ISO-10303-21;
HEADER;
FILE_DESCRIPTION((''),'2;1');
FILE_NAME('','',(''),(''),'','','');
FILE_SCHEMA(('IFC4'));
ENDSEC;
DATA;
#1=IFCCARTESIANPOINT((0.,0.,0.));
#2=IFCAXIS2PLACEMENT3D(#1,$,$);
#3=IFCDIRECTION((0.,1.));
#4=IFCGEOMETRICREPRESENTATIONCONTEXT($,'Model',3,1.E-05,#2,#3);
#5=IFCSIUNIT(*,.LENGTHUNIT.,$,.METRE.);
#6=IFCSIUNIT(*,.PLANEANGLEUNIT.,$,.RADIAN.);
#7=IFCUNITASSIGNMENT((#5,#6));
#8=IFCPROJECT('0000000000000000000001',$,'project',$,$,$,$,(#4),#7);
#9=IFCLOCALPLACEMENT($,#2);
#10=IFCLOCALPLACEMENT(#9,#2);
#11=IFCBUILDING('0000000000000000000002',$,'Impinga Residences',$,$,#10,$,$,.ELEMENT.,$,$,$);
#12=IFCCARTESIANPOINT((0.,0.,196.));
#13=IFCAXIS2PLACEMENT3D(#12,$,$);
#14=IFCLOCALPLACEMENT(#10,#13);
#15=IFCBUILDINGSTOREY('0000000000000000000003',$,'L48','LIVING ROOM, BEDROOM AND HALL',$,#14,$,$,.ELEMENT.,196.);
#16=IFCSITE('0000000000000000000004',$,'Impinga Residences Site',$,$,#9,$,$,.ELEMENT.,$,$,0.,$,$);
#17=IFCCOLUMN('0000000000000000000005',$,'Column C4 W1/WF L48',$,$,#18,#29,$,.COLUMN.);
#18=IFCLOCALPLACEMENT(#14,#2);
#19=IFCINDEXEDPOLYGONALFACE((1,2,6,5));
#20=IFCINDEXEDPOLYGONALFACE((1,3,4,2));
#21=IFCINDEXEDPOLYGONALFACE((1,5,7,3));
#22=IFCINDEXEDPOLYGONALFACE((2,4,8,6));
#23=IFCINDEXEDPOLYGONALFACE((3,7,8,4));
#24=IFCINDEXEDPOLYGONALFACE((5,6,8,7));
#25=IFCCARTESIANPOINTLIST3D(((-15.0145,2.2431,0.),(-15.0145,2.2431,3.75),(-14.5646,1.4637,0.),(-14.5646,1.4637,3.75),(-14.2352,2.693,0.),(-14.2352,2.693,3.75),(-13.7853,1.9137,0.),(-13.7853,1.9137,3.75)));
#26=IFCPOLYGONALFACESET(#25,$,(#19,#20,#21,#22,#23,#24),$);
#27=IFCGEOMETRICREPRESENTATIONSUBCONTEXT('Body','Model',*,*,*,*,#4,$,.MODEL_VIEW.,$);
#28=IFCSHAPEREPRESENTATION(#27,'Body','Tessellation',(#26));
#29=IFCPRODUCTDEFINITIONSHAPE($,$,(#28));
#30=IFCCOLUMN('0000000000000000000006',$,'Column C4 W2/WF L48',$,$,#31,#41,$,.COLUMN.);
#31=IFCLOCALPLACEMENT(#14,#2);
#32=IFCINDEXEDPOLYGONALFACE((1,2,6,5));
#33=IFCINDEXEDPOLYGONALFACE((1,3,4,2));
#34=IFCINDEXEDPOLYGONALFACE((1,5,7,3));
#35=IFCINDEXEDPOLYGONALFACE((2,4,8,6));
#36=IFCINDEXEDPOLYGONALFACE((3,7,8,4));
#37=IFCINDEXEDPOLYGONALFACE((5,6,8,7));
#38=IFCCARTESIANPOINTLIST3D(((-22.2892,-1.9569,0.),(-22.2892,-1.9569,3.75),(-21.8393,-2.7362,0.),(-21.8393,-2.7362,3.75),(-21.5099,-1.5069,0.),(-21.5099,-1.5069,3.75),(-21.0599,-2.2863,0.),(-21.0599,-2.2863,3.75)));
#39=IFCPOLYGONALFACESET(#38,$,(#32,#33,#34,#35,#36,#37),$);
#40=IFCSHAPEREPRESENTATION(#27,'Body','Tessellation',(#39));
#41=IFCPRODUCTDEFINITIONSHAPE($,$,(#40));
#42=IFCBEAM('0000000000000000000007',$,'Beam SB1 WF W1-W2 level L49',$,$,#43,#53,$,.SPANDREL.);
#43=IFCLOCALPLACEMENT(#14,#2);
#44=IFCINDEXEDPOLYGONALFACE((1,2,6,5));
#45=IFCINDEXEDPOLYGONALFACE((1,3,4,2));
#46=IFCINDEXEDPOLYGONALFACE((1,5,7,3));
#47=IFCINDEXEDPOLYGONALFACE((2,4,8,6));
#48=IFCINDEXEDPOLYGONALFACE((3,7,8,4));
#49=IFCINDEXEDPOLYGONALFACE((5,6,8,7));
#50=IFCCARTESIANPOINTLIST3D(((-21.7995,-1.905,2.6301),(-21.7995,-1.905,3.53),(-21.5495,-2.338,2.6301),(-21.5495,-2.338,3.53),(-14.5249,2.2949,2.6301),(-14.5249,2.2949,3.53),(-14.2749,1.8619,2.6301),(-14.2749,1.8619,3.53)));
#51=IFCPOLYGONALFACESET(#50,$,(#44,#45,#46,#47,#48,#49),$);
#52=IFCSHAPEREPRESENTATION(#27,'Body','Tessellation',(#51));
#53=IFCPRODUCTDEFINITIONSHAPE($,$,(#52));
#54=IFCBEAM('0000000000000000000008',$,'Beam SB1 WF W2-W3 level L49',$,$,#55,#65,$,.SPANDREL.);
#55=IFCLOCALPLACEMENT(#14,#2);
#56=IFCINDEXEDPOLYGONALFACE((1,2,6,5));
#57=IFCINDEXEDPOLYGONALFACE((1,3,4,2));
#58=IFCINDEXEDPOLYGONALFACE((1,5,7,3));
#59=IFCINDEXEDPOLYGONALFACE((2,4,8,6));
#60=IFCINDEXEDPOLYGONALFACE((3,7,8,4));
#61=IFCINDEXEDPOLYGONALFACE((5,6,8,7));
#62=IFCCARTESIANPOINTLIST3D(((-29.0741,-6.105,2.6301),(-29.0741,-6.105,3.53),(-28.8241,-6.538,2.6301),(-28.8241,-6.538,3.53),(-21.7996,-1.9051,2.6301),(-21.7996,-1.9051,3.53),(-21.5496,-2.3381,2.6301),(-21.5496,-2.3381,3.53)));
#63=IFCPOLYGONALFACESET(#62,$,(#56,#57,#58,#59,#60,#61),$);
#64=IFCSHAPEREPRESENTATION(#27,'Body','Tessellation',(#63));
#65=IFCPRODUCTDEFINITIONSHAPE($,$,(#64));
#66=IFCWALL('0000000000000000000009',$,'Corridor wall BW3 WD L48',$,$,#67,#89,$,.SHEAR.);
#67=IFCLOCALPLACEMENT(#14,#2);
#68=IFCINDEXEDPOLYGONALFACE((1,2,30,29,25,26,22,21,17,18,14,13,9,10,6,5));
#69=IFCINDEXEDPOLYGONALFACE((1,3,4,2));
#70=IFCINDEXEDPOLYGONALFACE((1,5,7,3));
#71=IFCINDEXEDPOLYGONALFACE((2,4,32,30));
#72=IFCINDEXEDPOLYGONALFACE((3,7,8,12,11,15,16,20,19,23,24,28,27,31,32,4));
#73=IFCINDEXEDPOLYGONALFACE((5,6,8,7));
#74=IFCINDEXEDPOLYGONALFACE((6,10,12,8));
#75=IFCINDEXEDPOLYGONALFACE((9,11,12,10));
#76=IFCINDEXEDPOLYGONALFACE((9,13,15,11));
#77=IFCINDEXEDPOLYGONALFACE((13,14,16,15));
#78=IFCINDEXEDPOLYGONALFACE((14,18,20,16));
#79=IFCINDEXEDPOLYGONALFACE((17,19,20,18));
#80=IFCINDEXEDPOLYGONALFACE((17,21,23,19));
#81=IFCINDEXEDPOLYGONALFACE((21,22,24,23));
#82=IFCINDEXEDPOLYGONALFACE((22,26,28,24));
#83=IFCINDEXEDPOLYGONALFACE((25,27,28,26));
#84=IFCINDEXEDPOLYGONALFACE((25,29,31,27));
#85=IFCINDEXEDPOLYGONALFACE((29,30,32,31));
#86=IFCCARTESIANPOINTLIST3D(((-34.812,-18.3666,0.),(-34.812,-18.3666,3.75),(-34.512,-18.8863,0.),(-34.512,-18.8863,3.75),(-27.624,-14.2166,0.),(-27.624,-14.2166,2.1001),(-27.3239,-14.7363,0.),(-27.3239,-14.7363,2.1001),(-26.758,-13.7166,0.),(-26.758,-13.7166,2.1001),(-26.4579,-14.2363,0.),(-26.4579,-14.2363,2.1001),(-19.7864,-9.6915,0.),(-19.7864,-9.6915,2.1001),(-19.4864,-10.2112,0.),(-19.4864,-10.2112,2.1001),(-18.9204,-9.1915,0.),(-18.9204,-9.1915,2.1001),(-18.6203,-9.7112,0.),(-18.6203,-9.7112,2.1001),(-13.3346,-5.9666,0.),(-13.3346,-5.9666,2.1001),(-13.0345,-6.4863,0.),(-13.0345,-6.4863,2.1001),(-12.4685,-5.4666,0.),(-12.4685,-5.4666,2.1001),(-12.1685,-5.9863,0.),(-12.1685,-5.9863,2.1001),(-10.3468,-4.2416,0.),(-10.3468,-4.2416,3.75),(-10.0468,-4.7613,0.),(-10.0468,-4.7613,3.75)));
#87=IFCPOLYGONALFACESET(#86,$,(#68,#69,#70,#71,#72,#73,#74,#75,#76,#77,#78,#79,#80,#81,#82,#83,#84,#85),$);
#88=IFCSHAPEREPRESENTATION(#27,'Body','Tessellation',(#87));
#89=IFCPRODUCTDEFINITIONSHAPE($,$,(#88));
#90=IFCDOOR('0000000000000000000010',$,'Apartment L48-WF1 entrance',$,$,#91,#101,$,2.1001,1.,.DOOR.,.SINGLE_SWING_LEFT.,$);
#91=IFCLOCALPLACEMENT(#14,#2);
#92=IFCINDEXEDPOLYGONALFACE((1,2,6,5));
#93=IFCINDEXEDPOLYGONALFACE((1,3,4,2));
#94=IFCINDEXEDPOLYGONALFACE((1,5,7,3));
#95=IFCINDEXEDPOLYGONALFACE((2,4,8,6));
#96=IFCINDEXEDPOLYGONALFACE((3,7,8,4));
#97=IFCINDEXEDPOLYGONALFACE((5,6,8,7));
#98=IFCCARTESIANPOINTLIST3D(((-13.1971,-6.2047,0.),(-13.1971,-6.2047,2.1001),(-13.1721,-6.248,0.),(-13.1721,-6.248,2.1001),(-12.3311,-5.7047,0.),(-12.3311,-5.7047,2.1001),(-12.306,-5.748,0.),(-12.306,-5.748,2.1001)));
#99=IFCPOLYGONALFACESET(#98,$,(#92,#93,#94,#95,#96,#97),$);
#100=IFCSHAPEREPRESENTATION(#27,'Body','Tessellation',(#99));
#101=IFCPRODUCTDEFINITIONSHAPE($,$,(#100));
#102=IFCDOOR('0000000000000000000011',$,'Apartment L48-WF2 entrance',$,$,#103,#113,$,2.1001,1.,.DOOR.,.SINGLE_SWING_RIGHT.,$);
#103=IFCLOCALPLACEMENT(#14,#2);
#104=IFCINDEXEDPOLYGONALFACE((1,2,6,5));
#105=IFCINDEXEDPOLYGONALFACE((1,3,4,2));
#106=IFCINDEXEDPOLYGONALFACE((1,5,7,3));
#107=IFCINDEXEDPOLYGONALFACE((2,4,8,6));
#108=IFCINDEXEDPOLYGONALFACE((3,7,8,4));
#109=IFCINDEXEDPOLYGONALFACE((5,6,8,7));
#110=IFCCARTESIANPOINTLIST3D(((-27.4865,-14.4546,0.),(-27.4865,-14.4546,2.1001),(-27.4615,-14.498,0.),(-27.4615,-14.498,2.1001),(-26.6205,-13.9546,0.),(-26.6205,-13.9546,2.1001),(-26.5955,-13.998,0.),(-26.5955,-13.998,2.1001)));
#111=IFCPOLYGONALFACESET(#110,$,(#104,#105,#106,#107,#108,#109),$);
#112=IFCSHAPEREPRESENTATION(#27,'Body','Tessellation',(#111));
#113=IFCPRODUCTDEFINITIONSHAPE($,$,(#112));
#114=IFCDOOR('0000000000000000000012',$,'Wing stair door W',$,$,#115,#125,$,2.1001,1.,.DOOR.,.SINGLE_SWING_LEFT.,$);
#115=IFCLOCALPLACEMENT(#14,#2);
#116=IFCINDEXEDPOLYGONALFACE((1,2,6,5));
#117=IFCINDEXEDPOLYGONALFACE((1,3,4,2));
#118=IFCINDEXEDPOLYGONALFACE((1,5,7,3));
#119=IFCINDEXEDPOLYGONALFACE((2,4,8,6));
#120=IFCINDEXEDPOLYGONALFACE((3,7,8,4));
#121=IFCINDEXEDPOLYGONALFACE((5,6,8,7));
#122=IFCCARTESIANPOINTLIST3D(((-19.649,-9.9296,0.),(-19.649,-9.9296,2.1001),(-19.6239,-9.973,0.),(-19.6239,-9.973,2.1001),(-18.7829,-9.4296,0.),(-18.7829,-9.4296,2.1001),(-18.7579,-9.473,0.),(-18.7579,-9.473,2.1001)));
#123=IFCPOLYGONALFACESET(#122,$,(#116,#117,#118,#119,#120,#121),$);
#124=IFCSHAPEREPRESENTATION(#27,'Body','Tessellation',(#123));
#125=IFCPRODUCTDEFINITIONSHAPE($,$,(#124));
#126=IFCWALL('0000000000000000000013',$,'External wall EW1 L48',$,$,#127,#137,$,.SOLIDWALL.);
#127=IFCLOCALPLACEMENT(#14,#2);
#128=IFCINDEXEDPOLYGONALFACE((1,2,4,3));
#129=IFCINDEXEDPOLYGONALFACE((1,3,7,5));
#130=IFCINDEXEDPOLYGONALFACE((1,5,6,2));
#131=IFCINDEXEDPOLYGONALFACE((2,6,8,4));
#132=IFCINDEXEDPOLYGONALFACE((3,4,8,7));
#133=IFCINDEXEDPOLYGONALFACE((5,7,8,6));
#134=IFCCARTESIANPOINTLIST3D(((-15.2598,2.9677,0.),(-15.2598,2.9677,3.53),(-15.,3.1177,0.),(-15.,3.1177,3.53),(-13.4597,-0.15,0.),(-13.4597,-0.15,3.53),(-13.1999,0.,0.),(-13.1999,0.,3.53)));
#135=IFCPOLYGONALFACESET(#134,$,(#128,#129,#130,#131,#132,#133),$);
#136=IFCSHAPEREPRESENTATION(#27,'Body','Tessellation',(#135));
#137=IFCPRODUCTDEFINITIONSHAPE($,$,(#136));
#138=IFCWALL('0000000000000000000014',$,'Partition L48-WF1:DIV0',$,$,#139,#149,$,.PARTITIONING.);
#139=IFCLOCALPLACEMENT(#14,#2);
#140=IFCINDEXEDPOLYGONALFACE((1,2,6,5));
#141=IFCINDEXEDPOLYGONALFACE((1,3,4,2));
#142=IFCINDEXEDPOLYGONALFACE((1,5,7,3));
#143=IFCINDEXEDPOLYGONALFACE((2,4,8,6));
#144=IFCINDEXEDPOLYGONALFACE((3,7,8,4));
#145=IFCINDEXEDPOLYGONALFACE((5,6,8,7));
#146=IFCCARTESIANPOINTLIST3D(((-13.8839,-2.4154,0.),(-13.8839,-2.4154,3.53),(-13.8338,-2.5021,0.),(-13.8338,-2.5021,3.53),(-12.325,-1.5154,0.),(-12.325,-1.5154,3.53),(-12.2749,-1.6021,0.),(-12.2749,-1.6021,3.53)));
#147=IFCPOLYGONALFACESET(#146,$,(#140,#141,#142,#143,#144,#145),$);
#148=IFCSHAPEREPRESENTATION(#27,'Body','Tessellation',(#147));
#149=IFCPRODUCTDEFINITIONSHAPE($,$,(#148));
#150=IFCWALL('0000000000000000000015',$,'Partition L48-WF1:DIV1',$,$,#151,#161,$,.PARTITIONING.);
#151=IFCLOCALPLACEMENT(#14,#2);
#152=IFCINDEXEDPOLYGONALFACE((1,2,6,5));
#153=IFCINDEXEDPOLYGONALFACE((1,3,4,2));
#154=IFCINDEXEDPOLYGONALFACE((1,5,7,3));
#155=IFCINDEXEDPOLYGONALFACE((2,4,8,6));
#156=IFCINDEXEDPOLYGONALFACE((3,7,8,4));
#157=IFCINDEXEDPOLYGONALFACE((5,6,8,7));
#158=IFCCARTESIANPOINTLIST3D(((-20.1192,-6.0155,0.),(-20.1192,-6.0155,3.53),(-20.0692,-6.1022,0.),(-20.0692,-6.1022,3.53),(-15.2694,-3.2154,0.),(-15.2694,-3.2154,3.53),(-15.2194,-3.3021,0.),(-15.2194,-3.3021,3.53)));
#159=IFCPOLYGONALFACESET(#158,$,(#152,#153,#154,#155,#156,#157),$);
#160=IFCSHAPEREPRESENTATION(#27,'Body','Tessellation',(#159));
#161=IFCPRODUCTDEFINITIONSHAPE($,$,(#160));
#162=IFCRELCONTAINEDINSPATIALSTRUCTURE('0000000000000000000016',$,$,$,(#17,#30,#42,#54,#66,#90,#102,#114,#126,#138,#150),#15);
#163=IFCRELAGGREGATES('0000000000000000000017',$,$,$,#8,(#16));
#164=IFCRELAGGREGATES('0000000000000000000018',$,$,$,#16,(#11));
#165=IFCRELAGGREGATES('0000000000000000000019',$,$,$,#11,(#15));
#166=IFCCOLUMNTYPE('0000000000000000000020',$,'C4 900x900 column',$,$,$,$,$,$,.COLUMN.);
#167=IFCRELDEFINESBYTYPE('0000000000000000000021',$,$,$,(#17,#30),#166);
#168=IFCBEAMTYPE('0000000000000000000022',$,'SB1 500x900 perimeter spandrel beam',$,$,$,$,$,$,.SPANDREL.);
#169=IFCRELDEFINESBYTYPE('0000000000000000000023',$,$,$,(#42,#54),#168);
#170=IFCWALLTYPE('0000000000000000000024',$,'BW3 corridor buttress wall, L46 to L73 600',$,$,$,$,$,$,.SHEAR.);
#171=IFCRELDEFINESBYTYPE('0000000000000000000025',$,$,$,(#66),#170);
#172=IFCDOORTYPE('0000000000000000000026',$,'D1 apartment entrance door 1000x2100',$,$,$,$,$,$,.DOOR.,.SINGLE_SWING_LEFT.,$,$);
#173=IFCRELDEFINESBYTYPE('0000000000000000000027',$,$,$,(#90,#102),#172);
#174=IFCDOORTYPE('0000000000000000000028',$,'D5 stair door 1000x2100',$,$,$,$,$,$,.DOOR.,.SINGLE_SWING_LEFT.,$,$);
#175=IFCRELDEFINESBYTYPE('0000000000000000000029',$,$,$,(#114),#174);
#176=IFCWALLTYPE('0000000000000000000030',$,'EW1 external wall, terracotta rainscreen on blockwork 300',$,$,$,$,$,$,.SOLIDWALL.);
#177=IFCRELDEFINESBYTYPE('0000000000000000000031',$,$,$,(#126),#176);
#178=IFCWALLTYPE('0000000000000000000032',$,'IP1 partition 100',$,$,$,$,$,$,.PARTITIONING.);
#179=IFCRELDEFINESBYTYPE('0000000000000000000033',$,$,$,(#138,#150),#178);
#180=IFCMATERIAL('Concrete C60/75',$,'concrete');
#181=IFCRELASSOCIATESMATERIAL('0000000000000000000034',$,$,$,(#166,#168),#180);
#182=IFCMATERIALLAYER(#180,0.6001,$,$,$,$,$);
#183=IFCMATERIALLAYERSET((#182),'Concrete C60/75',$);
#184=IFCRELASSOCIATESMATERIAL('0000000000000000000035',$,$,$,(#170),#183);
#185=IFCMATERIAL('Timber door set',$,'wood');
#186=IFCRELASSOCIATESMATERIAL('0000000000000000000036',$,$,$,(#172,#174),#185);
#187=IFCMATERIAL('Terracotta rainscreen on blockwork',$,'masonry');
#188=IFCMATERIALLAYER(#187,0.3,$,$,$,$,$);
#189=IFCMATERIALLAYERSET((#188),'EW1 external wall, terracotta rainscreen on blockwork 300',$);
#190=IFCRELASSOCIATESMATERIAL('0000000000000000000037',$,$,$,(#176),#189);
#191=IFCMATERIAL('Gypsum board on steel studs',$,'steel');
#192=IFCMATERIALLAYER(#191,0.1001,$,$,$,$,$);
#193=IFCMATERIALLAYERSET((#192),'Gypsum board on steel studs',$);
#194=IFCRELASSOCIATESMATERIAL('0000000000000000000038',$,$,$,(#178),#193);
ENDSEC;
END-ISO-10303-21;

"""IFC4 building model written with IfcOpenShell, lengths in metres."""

from ifc_helpers import new_model, si_unit, direction, frame, frame_2d, origin, origin_2d, place, context, subcontext, project, spatial, rectangle, extrude, material, layer, layer_set, material_profile, profile_set, type_object, element, fill, save


model = new_model("IFC4")

# Units and contexts
model_context = context("Model", 3, precision=1e-05, world=origin(), true_north=direction((0.0, 1.0)))
body_context = subcontext(model_context, "Body", "Model", "MODEL_VIEW")
ifc_project = project(units=[si_unit("LENGTHUNIT", "METRE"), si_unit("PLANEANGLEUNIT", "RADIAN")], contexts=[model_context])

# Site, building, storey
site_placement = place(None, origin())
site = spatial("IfcSite", under=ifc_project, at=site_placement, Name="Impinga Residences Site", CompositionType="ELEMENT", RefElevation=0.0)
building_placement = place(site_placement, origin())
building = spatial("IfcBuilding", under=site, at=building_placement, Name="Impinga Residences", CompositionType="ELEMENT")
storey_placement = place(building_placement, frame((0.0, 0.0, 196.0)))
storey = spatial("IfcBuildingStorey", under=building, at=storey_placement, Name="L48", Description="LIVING ROOM, BEDROOM AND HALL", CompositionType="ELEMENT", Elevation=196.0)

# Columns
ifc_material_1 = material(Name="Concrete C60/75", Category="concrete")
ifc_material_profile_1 = material_profile(ifc_material_1, rectangle(XDim=0.8999, YDim=0.8999, at=origin_2d()), Name="RC 900x900")
ifc_profile_set_1 = profile_set([ifc_material_profile_1], Name="Concrete C60/75")
column_type = type_object("IfcColumnType", Name="C4 900x900 column", PredefinedType="COLUMN", material=ifc_profile_set_1)
for number, where, z_axis, x_axis, name in (
    (1, (-14.3999, 2.0784, 0.0), (0.0, 0.0, 1.0), (-0.5, 0.866025, 0.0), "Column C4 W1/WF L48"),
    (2, (-21.6746, -2.1216, 0.0), (0.0, 0.0, 1.0), (-0.5, 0.866025, 0.0), "Column C4 W2/WF L48"),
):
    element("IfcColumn", number, at=place(storey_placement, frame(where, z_axis=z_axis, x_axis=x_axis)), inside=storey, type_object=column_type, Name=name, PredefinedType="COLUMN", context=body_context, shape_type="SweptSolid", body=[
        extrude(rectangle(XDim=0.8999, YDim=0.8999, at=origin_2d()), origin(), (0.0, 0.0, 1.0), 3.75),
    ])

# Beams
ifc_material_profile_2 = material_profile(ifc_material_1, rectangle(XDim=0.5, YDim=0.8999, at=origin_2d()), Name="RC 500x900")
ifc_profile_set_2 = profile_set([ifc_material_profile_2], Name="Concrete C60/75")
beam_type = type_object("IfcBeamType", Name="SB1 500x900 perimeter spandrel beam", PredefinedType="SPANDREL", material=ifc_profile_set_2)
for number, where, z_axis, x_axis, name in (
    (3, (-14.3999, 2.0784, 3.0801), (-0.866029, -0.499993, 0.0), (0.499993, -0.866029, 0.0), "Beam SB1 WF W1-W2 level L49"),
    (4, (-21.6746, -2.1216, 3.0801), (-0.866029, -0.499993, 0.0), (0.499993, -0.866029, 0.0), "Beam SB1 WF W2-W3 level L49"),
):
    element("IfcBeam", number, at=place(storey_placement, frame(where, z_axis=z_axis, x_axis=x_axis)), inside=storey, type_object=beam_type, Name=name, PredefinedType="SPANDREL", context=body_context, shape_type="SweptSolid", body=[
        extrude(rectangle(XDim=0.5, YDim=0.8999, at=origin_2d()), origin(), (0.0, 0.0, 1.0), 8.3999),
    ])

# Wall, openings, doors
ifc_layer_1 = layer(ifc_material_1, 0.6001)
ifc_layer_set_1 = layer_set([ifc_layer_1], Name="Concrete C60/75")
wall_type_1 = type_object("IfcWallType", Name="BW3 corridor buttress wall, L46 to L73 600", PredefinedType="SHEAR", material=ifc_layer_set_1)
wall_1_placement = place(storey_placement, frame((-10.1968, -4.5015, 0.0), z_axis=(0.0, 0.0, 1.0), x_axis=(-0.866026, -0.499998, 0.0)))
wall_1 = element("IfcWall", 5, at=wall_1_placement, inside=storey, type_object=wall_type_1, Name="Corridor wall BW3 WD L48", PredefinedType="SHEAR", context=body_context, shape_type="SweptSolid", body=[
    extrude(rectangle(XDim=28.25, YDim=0.6001, at=frame_2d((14.125, 0.0))), origin(), (0.0, 0.0, 1.0), 3.75),
])
opening_1_placement = place(wall_1_placement, frame((9.8999, 0.0, 0.0)))
opening_1 = element("IfcOpeningElement", 6, at=opening_1_placement, cuts=wall_1, PredefinedType="OPENING", context=body_context, shape_type="SweptSolid", body=[
    extrude(rectangle(XDim=1.0, YDim=2.1001, at=frame_2d((0.5, 1.05))), frame((0.0, 0.3101, 0.0), z_axis=(0.0, -1.0, 0.0), x_axis=(1.0, 0.0, 0.0)), (0.0, 0.0, 1.0), 0.6201),
])
opening_2_placement = place(wall_1_placement, frame((2.45, 0.0, 0.0)))
opening_2 = element("IfcOpeningElement", 7, at=opening_2_placement, cuts=wall_1, PredefinedType="OPENING", context=body_context, shape_type="SweptSolid", body=[
    extrude(rectangle(XDim=1.0, YDim=2.1001, at=frame_2d((0.5, 1.05))), frame((0.0, 0.3101, 0.0), z_axis=(0.0, -1.0, 0.0), x_axis=(1.0, 0.0, 0.0)), (0.0, 0.0, 1.0), 0.6201),
])
opening_3_placement = place(wall_1_placement, frame((18.95, 0.0, 0.0)))
opening_3 = element("IfcOpeningElement", 8, at=opening_3_placement, cuts=wall_1, PredefinedType="OPENING", context=body_context, shape_type="SweptSolid", body=[
    extrude(rectangle(XDim=1.0, YDim=2.1001, at=frame_2d((0.5, 1.05))), frame((0.0, 0.3101, 0.0), z_axis=(0.0, -1.0, 0.0), x_axis=(1.0, 0.0, 0.0)), (0.0, 0.0, 1.0), 0.6201),
])
ifc_material_2 = material(Name="Timber door set", Category="wood")
door_type_1 = type_object("IfcDoorType", Name="D1 apartment entrance door 1000x2100", OperationType="SINGLE_SWING_LEFT", PredefinedType="DOOR", material=ifc_material_2)
door_1_placement = place(opening_2_placement, origin())
door_1 = element("IfcDoor", 9, at=door_1_placement, inside=storey, type_object=door_type_1, Name="Apartment L48-WF1 entrance", OperationType="SINGLE_SWING_LEFT", OverallHeight=2.1001, OverallWidth=1.0, PredefinedType="DOOR", context=body_context, shape_type="SweptSolid", body=[
    extrude(rectangle(XDim=1.0, YDim=2.1001, at=frame_2d((0.5, 1.05))), frame((0.0, 0.0249, 0.0), z_axis=(0.0, -1.0, 0.0), x_axis=(1.0, 0.0, 0.0)), (0.0, 0.0, 1.0), 0.05),
])
fill(opening_2, door_1)
door_2_placement = place(opening_3_placement, origin())
door_2 = element("IfcDoor", 10, at=door_2_placement, inside=storey, type_object=door_type_1, Name="Apartment L48-WF2 entrance", OperationType="SINGLE_SWING_RIGHT", OverallHeight=2.1001, OverallWidth=1.0, PredefinedType="DOOR", context=body_context, shape_type="SweptSolid", body=[
    extrude(rectangle(XDim=1.0, YDim=2.1001, at=frame_2d((0.5, 1.05))), frame((0.0, 0.0249, 0.0), z_axis=(0.0, -1.0, 0.0), x_axis=(1.0, 0.0, 0.0)), (0.0, 0.0, 1.0), 0.05),
])
fill(opening_3, door_2)
door_type_2 = type_object("IfcDoorType", Name="D5 stair door 1000x2100", OperationType="SINGLE_SWING_LEFT", PredefinedType="DOOR", material=ifc_material_2)
door_3_placement = place(opening_1_placement, origin())
door_3 = element("IfcDoor", 11, at=door_3_placement, inside=storey, type_object=door_type_2, Name="Wing stair door W", OperationType="SINGLE_SWING_LEFT", OverallHeight=2.1001, OverallWidth=1.0, PredefinedType="DOOR", context=body_context, shape_type="SweptSolid", body=[
    extrude(rectangle(XDim=1.0, YDim=2.1001, at=frame_2d((0.5, 1.05))), frame((0.0, 0.0249, 0.0), z_axis=(0.0, -1.0, 0.0), x_axis=(1.0, 0.0, 0.0)), (0.0, 0.0, 1.0), 0.05),
])
fill(opening_1, door_3)

# Walls
ifc_material_3 = material(Name="Terracotta rainscreen on blockwork", Category="masonry")
ifc_layer_2 = layer(ifc_material_3, 0.3)
ifc_layer_set_2 = layer_set([ifc_layer_2], Name="EW1 external wall, terracotta rainscreen on blockwork 300")
wall_type_2 = type_object("IfcWallType", Name="EW1 external wall, terracotta rainscreen on blockwork 300", PredefinedType="SOLIDWALL", material=ifc_layer_set_2)
wall_2_placement = place(storey_placement, frame((-15.1299, 3.0427, 0.0), z_axis=(0.0, 0.0, 1.0), x_axis=(0.500012, -0.866018, 0.0)))
element("IfcWall", 12, at=wall_2_placement, inside=storey, type_object=wall_type_2, Name="External wall EW1 L48", PredefinedType="SOLIDWALL", context=body_context, shape_type="SweptSolid", body=[
    extrude(rectangle(XDim=3.6001, YDim=0.3, at=frame_2d((1.8, 0.0))), origin(), (0.0, 0.0, 1.0), 3.53),
])
ifc_material_4 = material(Name="Gypsum board on steel studs", Category="steel")
ifc_layer_3 = layer(ifc_material_4, 0.1001)
ifc_layer_set_3 = layer_set([ifc_layer_3], Name="Gypsum board on steel studs")
wall_type_3 = type_object("IfcWallType", Name="IP1 partition 100", PredefinedType="PARTITIONING", material=ifc_layer_set_3)
wall_3_placement = place(storey_placement, frame((-12.3, -1.5588, 0.0), z_axis=(0.0, 0.0, 1.0), x_axis=(-0.866048, -0.499961, 0.0)))
element("IfcWall", 13, at=wall_3_placement, inside=storey, type_object=wall_type_3, Name="Partition L48-WF1:DIV0", PredefinedType="PARTITIONING", context=body_context, shape_type="SweptSolid", body=[
    extrude(rectangle(XDim=1.8, YDim=0.1001, at=frame_2d((0.8999, 0.0))), origin(), (0.0, 0.0, 1.0), 3.53),
])
wall_4_placement = place(storey_placement, frame((-15.2444, -3.2588, 0.0), z_axis=(0.0, 0.0, 1.0), x_axis=(-0.866027, -0.499998, 0.0)))
element("IfcWall", 14, at=wall_4_placement, inside=storey, type_object=wall_type_3, Name="Partition L48-WF1:DIV1", PredefinedType="PARTITIONING", context=body_context, shape_type="SweptSolid", body=[
    extrude(rectangle(XDim=5.6001, YDim=0.1001, at=frame_2d((2.8, 0.0))), origin(), (0.0, 0.0, 1.0), 3.53),
])

save(model, "model.ifc")
